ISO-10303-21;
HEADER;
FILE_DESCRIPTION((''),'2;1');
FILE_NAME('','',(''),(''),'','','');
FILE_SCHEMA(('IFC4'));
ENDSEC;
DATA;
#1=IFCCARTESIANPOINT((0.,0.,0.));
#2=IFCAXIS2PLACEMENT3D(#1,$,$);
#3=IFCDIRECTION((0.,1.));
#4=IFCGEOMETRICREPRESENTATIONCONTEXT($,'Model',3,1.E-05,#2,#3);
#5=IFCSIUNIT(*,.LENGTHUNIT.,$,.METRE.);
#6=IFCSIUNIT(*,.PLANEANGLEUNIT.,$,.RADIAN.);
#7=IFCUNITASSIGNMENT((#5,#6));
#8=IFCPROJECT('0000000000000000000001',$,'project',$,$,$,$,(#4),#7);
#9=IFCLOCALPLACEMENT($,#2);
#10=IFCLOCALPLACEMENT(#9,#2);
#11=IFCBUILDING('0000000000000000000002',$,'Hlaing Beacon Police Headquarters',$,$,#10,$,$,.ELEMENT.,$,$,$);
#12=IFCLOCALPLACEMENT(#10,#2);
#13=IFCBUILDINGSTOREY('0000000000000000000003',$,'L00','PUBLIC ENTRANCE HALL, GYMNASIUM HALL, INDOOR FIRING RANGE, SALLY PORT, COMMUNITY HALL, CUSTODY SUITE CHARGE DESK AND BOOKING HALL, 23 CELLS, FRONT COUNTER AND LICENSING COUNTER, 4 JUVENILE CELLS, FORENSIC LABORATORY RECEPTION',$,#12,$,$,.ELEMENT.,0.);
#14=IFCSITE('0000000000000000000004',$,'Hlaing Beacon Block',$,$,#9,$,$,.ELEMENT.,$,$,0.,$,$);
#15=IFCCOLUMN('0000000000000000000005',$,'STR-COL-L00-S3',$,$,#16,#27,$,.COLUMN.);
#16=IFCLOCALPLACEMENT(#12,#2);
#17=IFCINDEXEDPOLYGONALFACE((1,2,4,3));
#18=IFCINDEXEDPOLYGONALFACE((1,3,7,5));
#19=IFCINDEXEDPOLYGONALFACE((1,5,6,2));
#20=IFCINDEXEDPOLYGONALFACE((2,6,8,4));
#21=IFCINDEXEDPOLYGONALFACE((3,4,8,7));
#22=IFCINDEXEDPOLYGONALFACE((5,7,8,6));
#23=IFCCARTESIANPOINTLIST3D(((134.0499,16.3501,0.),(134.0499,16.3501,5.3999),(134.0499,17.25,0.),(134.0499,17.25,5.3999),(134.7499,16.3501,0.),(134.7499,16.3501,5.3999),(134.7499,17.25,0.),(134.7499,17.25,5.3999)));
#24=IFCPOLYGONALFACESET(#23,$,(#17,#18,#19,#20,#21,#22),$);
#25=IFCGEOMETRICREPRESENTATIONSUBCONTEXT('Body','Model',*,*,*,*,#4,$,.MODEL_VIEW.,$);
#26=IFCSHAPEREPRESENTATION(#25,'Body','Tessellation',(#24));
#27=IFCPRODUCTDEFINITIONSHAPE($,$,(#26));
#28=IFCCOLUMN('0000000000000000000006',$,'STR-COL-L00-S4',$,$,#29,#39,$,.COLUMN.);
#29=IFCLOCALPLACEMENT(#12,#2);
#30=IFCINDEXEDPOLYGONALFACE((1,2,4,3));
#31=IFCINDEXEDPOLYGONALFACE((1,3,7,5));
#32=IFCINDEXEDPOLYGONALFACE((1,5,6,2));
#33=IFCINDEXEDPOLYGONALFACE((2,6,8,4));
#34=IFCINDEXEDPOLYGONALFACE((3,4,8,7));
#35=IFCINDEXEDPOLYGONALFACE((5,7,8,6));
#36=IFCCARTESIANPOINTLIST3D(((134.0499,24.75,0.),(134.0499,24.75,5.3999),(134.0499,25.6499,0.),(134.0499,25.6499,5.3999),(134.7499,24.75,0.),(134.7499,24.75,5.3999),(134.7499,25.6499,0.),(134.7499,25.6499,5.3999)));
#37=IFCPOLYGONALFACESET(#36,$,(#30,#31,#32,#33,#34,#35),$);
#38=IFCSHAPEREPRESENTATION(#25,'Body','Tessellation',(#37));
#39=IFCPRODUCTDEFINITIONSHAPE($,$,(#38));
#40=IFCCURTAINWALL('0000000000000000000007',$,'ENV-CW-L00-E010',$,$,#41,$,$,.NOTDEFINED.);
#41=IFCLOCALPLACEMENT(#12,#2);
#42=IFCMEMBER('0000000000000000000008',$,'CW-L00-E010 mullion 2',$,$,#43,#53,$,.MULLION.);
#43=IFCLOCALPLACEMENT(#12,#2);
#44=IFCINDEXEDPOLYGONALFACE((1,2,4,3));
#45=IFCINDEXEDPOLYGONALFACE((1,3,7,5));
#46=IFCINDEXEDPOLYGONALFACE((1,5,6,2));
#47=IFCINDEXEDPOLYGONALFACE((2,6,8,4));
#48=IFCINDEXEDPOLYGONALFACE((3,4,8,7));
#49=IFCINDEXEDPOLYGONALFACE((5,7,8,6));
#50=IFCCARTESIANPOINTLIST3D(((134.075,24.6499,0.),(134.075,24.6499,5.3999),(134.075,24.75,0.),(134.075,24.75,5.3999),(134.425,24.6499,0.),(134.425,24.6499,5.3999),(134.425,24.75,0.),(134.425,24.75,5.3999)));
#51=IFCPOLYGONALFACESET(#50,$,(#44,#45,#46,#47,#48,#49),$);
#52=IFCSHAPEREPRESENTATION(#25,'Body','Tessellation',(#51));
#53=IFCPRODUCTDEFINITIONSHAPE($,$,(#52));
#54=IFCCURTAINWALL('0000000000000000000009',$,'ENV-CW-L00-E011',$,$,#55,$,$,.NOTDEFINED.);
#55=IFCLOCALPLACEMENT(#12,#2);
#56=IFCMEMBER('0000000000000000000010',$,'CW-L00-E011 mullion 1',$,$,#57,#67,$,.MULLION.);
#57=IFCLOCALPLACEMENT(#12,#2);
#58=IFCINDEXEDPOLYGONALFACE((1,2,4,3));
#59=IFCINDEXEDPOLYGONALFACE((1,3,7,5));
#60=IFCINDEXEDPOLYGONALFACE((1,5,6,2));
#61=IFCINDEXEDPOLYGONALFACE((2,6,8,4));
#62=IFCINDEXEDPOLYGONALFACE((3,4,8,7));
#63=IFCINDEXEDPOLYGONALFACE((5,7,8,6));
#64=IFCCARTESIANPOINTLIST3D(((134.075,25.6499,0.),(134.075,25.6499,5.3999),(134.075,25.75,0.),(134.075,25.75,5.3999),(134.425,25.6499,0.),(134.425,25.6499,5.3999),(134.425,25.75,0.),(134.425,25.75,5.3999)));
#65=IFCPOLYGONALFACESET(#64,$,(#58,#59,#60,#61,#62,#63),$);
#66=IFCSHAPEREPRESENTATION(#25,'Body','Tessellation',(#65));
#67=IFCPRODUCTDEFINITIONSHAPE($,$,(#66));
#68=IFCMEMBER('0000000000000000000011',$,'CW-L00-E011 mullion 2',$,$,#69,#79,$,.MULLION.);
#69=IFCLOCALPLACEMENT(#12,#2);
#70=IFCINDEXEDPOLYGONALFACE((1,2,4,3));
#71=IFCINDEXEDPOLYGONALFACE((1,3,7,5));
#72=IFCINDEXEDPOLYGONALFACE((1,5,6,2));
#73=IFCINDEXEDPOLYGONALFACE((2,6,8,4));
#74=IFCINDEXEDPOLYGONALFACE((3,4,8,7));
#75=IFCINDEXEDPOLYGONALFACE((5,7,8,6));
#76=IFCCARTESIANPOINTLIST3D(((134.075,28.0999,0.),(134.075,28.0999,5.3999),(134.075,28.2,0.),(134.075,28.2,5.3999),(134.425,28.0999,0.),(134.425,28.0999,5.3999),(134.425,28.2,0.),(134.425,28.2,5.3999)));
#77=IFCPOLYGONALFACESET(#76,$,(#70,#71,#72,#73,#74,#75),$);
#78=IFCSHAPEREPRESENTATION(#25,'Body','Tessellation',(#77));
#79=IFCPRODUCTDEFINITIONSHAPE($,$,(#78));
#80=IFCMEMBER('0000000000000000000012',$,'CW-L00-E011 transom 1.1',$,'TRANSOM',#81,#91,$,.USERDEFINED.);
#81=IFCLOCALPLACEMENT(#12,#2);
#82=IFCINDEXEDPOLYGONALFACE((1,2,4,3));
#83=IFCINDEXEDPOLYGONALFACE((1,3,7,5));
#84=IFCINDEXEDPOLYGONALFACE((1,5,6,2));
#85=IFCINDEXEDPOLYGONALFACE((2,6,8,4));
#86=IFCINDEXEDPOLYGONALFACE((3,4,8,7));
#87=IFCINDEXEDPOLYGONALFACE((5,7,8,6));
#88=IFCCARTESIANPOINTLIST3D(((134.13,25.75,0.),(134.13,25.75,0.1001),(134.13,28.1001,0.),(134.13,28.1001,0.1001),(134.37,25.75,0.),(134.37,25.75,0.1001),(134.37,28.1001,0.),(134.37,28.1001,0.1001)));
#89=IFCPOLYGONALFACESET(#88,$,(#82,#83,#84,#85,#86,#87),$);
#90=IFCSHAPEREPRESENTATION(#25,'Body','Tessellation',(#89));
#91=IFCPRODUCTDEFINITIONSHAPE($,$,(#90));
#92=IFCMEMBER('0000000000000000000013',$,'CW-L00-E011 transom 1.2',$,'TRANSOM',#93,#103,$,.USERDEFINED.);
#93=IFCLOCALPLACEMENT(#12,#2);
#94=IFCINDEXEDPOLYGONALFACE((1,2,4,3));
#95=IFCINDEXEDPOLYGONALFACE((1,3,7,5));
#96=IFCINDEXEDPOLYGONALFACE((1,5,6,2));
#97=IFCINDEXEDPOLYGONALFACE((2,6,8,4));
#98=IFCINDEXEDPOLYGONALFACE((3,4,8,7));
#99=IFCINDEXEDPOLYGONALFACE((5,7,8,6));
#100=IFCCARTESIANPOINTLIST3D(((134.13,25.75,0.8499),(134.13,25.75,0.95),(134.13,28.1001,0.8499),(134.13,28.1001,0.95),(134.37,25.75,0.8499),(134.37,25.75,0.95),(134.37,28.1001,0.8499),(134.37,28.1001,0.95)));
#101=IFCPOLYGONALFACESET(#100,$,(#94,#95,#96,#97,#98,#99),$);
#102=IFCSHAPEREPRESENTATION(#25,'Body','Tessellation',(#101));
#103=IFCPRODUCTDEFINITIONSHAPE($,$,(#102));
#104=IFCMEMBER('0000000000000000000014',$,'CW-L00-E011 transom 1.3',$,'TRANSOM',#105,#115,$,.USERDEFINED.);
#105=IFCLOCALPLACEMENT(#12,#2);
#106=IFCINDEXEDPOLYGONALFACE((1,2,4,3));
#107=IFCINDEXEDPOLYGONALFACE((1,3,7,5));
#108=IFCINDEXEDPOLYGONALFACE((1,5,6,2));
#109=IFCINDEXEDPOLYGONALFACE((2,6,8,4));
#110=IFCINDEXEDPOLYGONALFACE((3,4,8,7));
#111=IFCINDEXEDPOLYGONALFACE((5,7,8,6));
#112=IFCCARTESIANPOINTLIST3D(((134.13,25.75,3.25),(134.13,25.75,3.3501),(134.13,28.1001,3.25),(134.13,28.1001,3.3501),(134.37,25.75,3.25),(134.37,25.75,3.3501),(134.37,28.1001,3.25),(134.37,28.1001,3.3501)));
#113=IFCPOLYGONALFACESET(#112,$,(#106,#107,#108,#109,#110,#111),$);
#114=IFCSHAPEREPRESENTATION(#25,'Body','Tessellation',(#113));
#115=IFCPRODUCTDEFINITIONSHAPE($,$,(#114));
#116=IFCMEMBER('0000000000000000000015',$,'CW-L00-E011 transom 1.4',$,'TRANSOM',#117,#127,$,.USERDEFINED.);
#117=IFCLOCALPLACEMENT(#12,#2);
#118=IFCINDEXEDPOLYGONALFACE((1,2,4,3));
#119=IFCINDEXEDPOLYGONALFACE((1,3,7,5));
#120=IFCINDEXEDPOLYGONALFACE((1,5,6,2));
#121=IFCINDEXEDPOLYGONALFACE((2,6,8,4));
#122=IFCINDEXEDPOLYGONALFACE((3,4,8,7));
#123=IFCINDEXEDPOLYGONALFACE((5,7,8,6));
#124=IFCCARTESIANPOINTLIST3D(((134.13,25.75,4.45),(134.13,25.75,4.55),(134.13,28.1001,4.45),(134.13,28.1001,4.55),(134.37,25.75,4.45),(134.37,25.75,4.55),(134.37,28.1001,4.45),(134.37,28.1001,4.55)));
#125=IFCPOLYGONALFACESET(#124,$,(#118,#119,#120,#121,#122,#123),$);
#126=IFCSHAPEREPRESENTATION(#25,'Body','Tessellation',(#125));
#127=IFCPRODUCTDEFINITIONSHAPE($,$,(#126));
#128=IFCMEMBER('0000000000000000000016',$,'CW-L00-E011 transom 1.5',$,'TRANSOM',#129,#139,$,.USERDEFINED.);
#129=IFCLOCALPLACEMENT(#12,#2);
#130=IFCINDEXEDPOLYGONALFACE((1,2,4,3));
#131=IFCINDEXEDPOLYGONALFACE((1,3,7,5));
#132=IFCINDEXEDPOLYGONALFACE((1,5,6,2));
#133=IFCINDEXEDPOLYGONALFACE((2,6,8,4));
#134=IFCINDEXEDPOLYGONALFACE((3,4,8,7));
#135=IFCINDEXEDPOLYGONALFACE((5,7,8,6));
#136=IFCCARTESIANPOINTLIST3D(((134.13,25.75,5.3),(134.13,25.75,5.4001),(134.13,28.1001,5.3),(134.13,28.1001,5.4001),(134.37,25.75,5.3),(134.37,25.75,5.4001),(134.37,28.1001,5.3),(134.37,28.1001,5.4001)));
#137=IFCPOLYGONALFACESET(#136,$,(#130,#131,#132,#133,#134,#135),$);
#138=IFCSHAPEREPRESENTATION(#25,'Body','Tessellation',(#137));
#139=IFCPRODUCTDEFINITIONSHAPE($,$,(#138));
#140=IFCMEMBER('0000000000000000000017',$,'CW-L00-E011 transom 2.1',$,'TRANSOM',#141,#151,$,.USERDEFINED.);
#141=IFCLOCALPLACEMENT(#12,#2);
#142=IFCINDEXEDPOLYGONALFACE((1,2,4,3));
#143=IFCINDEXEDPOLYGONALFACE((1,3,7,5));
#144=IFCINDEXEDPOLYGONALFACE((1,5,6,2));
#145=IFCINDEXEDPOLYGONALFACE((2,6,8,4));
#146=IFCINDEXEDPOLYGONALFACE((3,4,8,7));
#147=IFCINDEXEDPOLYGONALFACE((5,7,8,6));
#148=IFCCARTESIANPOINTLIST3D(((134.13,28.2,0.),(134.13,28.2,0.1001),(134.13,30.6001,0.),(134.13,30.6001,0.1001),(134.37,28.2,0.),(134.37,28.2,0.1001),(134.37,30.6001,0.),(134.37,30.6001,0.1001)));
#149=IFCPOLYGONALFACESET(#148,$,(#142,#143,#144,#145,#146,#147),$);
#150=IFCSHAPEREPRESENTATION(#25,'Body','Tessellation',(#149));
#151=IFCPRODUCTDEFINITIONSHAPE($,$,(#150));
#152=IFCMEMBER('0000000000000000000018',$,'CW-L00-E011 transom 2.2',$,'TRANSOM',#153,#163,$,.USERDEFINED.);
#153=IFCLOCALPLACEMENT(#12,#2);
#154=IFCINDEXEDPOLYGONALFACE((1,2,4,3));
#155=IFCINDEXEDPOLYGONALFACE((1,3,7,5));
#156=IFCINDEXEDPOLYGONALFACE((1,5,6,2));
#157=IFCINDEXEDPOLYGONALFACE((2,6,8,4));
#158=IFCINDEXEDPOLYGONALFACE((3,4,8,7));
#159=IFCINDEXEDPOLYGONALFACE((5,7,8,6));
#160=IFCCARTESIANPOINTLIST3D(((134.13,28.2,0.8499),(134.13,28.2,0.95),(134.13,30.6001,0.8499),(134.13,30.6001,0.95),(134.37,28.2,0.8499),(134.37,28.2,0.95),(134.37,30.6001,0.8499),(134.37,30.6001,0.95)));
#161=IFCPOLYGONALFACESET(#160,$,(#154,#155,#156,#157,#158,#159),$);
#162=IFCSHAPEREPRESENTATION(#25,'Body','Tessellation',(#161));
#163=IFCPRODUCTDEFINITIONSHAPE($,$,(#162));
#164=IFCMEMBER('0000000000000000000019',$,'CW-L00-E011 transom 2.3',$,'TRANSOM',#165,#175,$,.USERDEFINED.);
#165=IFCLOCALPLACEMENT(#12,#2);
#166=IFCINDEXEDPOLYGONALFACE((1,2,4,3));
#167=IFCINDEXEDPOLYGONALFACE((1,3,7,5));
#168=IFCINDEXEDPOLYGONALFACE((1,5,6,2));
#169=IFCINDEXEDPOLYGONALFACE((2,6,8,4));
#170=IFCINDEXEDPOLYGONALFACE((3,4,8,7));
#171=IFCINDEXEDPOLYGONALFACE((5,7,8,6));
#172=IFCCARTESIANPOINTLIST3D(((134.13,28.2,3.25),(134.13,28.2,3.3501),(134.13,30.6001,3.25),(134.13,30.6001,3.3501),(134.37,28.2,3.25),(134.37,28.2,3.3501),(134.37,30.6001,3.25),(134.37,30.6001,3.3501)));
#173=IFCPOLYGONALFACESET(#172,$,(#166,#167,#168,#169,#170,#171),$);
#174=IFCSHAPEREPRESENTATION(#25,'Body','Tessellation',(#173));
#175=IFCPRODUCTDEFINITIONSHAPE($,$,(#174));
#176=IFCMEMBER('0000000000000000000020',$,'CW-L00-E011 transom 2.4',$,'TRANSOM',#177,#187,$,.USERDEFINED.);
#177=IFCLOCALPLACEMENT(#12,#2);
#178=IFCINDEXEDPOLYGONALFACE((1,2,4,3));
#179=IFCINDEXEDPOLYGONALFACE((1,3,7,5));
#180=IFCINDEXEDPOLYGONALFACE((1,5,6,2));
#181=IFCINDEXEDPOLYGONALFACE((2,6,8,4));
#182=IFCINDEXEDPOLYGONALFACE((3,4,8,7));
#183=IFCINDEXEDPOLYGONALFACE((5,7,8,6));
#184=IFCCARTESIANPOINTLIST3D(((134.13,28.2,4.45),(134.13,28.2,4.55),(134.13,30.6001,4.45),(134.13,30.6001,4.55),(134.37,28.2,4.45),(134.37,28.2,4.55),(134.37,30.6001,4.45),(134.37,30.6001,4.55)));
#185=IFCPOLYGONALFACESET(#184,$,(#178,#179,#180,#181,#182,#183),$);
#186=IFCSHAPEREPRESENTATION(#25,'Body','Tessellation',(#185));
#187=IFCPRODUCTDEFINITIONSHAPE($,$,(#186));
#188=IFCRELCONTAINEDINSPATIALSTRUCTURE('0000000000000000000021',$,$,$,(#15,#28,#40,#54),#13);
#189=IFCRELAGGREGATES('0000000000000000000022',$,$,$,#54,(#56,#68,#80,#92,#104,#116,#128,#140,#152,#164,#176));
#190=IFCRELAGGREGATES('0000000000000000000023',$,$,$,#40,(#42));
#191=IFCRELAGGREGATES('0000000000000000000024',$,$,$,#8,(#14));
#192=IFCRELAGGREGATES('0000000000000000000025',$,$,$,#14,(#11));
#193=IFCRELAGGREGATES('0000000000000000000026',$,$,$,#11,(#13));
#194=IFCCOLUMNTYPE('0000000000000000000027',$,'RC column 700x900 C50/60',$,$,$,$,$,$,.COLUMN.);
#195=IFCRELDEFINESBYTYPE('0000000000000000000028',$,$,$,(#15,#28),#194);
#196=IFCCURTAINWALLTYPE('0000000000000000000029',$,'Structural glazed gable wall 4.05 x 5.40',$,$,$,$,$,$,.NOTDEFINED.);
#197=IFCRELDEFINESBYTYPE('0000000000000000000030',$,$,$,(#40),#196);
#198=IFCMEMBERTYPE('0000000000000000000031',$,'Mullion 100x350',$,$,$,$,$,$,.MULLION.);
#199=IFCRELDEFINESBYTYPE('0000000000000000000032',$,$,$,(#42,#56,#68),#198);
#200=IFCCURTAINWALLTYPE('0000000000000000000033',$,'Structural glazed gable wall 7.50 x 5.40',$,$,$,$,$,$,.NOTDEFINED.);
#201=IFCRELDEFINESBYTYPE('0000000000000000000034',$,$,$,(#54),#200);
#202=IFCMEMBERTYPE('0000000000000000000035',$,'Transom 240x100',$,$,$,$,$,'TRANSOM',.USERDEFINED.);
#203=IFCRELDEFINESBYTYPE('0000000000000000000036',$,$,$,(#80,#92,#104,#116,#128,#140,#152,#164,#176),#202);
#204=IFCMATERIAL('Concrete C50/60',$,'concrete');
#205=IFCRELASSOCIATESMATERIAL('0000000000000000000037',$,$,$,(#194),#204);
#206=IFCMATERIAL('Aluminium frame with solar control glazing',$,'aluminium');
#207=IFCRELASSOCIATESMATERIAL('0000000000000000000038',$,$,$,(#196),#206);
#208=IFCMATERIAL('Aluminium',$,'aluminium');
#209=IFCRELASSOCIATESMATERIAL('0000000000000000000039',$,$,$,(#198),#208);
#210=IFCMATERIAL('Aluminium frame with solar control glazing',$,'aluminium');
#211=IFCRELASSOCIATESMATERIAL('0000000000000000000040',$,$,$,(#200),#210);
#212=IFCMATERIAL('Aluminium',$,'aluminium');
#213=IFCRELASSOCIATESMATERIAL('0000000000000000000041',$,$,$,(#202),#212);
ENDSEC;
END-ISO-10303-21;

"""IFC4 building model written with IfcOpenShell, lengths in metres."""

from ifc_helpers import new_model, si_unit, direction, frame, origin, origin_2d, place, context, subcontext, project, spatial, rectangle, extrude, material, material_profile, profile_set, type_object, element, aggregate, save


model = new_model("IFC4")

# Units and contexts
model_context = context("Model", 3, precision=1e-05, world=origin(), true_north=direction((0.0, 1.0)))
body_context = subcontext(model_context, "Body", "Model", "MODEL_VIEW")
ifc_project = project(units=[si_unit("LENGTHUNIT", "METRE"), si_unit("PLANEANGLEUNIT", "RADIAN")], contexts=[model_context])

# Site, building, storey
site_placement = place(None, origin())
site = spatial("IfcSite", under=ifc_project, at=site_placement, Name="Hlaing Beacon Block", CompositionType="ELEMENT", RefElevation=0.0)
building_placement = place(site_placement, origin())
building = spatial("IfcBuilding", under=site, at=building_placement, Name="Hlaing Beacon Police Headquarters", CompositionType="ELEMENT")
storey_placement = place(building_placement, origin())
storey = spatial("IfcBuildingStorey", under=building, at=storey_placement, Name="L00", Description="PUBLIC ENTRANCE HALL, GYMNASIUM HALL, INDOOR FIRING RANGE, SALLY PORT, COMMUNITY HALL, CUSTODY SUITE CHARGE DESK AND BOOKING HALL, 23 CELLS, FRONT COUNTER AND LICENSING COUNTER, 4 JUVENILE CELLS, FORENSIC LABORATORY RECEPTION", CompositionType="ELEMENT", Elevation=0.0)

# Columns
ifc_material_1 = material(Name="Concrete C50/60", Category="concrete")
ifc_material_profile_1 = material_profile(ifc_material_1, rectangle(XDim=0.7, YDim=0.8999, at=origin_2d()), Name="700x900")
ifc_profile_set_1 = profile_set([ifc_material_profile_1], Name="Concrete C50/60")
column_type = type_object("IfcColumnType", Name="RC column 700x900 C50/60", PredefinedType="COLUMN", material=ifc_profile_set_1)
for number, where, z_axis, x_axis, name in (
    (1, (134.3999, 16.8, 0.0), (0.0, 0.0, 1.0), (1.0, 0.0, 0.0), "STR-COL-L00-S3"),
    (2, (134.3999, 25.2, 0.0), (0.0, 0.0, 1.0), (1.0, 0.0, 0.0), "STR-COL-L00-S4"),
):
    element("IfcColumn", number, at=place(storey_placement, frame(where, z_axis=z_axis, x_axis=x_axis)), inside=storey, type_object=column_type, Name=name, PredefinedType="COLUMN", context=body_context, shape_type="SweptSolid", body=[
        extrude(rectangle(XDim=0.7, YDim=0.8999, at=origin_2d()), origin(), (0.0, 0.0, 1.0), 5.3999),
    ])

# Curtain wall, member
ifc_material_2 = material(Name="Aluminium frame with solar control glazing", Category="aluminium")
curtain_wall_type_1 = type_object("IfcCurtainWallType", Name="Structural glazed gable wall 4.05 x 5.40", PredefinedType="NOTDEFINED", material=ifc_material_2)
curtain_wall_1_placement = place(storey_placement, origin())
curtain_wall_1 = element("IfcCurtainWall", 3, at=curtain_wall_1_placement, inside=storey, type_object=curtain_wall_type_1, Name="ENV-CW-L00-E010", PredefinedType="NOTDEFINED")
ifc_material_3 = material(Name="Aluminium", Category="aluminium")
ifc_material_profile_2 = material_profile(ifc_material_3, rectangle(XDim=0.3501, YDim=0.1001, at=origin_2d()), Name="Mullion 100x350")
ifc_profile_set_2 = profile_set([ifc_material_profile_2], Name="Aluminium")
member_type_1 = type_object("IfcMemberType", Name="Mullion 100x350", PredefinedType="MULLION", material=ifc_profile_set_2)
member_1_placement = place(storey_placement, frame((134.25, 24.7, 0.0), z_axis=(0.0, 0.0, 1.0), x_axis=(-1.0, 0.0, 0.0)))
member_1 = element("IfcMember", 4, at=member_1_placement, type_object=member_type_1, Name="CW-L00-E010 mullion 2", PredefinedType="MULLION", context=body_context, shape_type="SweptSolid", body=[
    extrude(rectangle(XDim=0.3501, YDim=0.1001, at=origin_2d()), origin(), (0.0, 0.0, 1.0), 5.3999),
])

# Curtain wall, members
ifc_material_4 = material(Name="Aluminium frame with solar control glazing", Category="aluminium")
curtain_wall_type_2 = type_object("IfcCurtainWallType", Name="Structural glazed gable wall 7.50 x 5.40", PredefinedType="NOTDEFINED", material=ifc_material_4)
curtain_wall_2_placement = place(storey_placement, origin())
curtain_wall_2 = element("IfcCurtainWall", 5, at=curtain_wall_2_placement, inside=storey, type_object=curtain_wall_type_2, Name="ENV-CW-L00-E011", PredefinedType="NOTDEFINED")
member_2_placement = place(storey_placement, frame((134.25, 25.7, 0.0), z_axis=(0.0, 0.0, 1.0), x_axis=(-1.0, 0.0, 0.0)))
member_2 = element("IfcMember", 6, at=member_2_placement, type_object=member_type_1, Name="CW-L00-E011 mullion 1", PredefinedType="MULLION", context=body_context, shape_type="SweptSolid", body=[
    extrude(rectangle(XDim=0.3501, YDim=0.1001, at=origin_2d()), origin(), (0.0, 0.0, 1.0), 5.3999),
])
member_3_placement = place(storey_placement, frame((134.25, 28.1499, 0.0), z_axis=(0.0, 0.0, 1.0), x_axis=(-1.0, 0.0, 0.0)))
member_3 = element("IfcMember", 7, at=member_3_placement, type_object=member_type_1, Name="CW-L00-E011 mullion 2", PredefinedType="MULLION", context=body_context, shape_type="SweptSolid", body=[
    extrude(rectangle(XDim=0.3501, YDim=0.1001, at=origin_2d()), origin(), (0.0, 0.0, 1.0), 5.3999),
])
ifc_material_5 = material(Name="Aluminium", Category="aluminium")
ifc_material_profile_3 = material_profile(ifc_material_5, rectangle(XDim=0.24, YDim=0.1001, at=origin_2d()), Name="Transom 240x100")
ifc_profile_set_3 = profile_set([ifc_material_profile_3], Name="Aluminium")
member_type_2 = type_object("IfcMemberType", Name="Transom 240x100", ElementType="TRANSOM", PredefinedType="USERDEFINED", material=ifc_profile_set_3)
member_4_placement = place(storey_placement, frame((134.25, 25.75, 0.05), z_axis=(0.0, 1.0, 0.0), x_axis=(-1.0, 0.0, 0.0)))
member_4 = element("IfcMember", 8, at=member_4_placement, type_object=member_type_2, Name="CW-L00-E011 transom 1.1", ObjectType="TRANSOM", PredefinedType="USERDEFINED", context=body_context, shape_type="SweptSolid", body=[
    extrude(rectangle(XDim=0.24, YDim=0.1001, at=origin_2d()), origin(), (0.0, 0.0, 1.0), 2.3501),
])
member_5_placement = place(storey_placement, frame((134.25, 25.75, 0.8999), z_axis=(0.0, 1.0, 0.0), x_axis=(-1.0, 0.0, 0.0)))
member_5 = element("IfcMember", 9, at=member_5_placement, type_object=member_type_2, Name="CW-L00-E011 transom 1.2", ObjectType="TRANSOM", PredefinedType="USERDEFINED", context=body_context, shape_type="SweptSolid", body=[
    extrude(rectangle(XDim=0.24, YDim=0.1001, at=origin_2d()), origin(), (0.0, 0.0, 1.0), 2.3501),
])
member_6_placement = place(storey_placement, frame((134.25, 25.75, 3.3), z_axis=(0.0, 1.0, 0.0), x_axis=(-1.0, 0.0, 0.0)))
member_6 = element("IfcMember", 10, at=member_6_placement, type_object=member_type_2, Name="CW-L00-E011 transom 1.3", ObjectType="TRANSOM", PredefinedType="USERDEFINED", context=body_context, shape_type="SweptSolid", body=[
    extrude(rectangle(XDim=0.24, YDim=0.1001, at=origin_2d()), origin(), (0.0, 0.0, 1.0), 2.3501),
])
member_7_placement = place(storey_placement, frame((134.25, 25.75, 4.5), z_axis=(0.0, 1.0, 0.0), x_axis=(-1.0, 0.0, 0.0)))
member_7 = element("IfcMember", 11, at=member_7_placement, type_object=member_type_2, Name="CW-L00-E011 transom 1.4", ObjectType="TRANSOM", PredefinedType="USERDEFINED", context=body_context, shape_type="SweptSolid", body=[
    extrude(rectangle(XDim=0.24, YDim=0.1001, at=origin_2d()), origin(), (0.0, 0.0, 1.0), 2.3501),
])
member_8_placement = place(storey_placement, frame((134.25, 25.75, 5.3501), z_axis=(0.0, 1.0, 0.0), x_axis=(-1.0, 0.0, 0.0)))
member_8 = element("IfcMember", 12, at=member_8_placement, type_object=member_type_2, Name="CW-L00-E011 transom 1.5", ObjectType="TRANSOM", PredefinedType="USERDEFINED", context=body_context, shape_type="SweptSolid", body=[
    extrude(rectangle(XDim=0.24, YDim=0.1001, at=origin_2d()), origin(), (0.0, 0.0, 1.0), 2.3501),
])
member_9_placement = place(storey_placement, frame((134.25, 28.2, 0.05), z_axis=(0.0, 1.0, 0.0), x_axis=(-1.0, 0.0, 0.0)))
member_9 = element("IfcMember", 13, at=member_9_placement, type_object=member_type_2, Name="CW-L00-E011 transom 2.1", ObjectType="TRANSOM", PredefinedType="USERDEFINED", context=body_context, shape_type="SweptSolid", body=[
    extrude(rectangle(XDim=0.24, YDim=0.1001, at=origin_2d()), origin(), (0.0, 0.0, 1.0), 2.4001),
])
member_10_placement = place(storey_placement, frame((134.25, 28.2, 0.8999), z_axis=(0.0, 1.0, 0.0), x_axis=(-1.0, 0.0, 0.0)))
member_10 = element("IfcMember", 14, at=member_10_placement, type_object=member_type_2, Name="CW-L00-E011 transom 2.2", ObjectType="TRANSOM", PredefinedType="USERDEFINED", context=body_context, shape_type="SweptSolid", body=[
    extrude(rectangle(XDim=0.24, YDim=0.1001, at=origin_2d()), origin(), (0.0, 0.0, 1.0), 2.4001),
])
member_11_placement = place(storey_placement, frame((134.25, 28.2, 3.3), z_axis=(0.0, 1.0, 0.0), x_axis=(-1.0, 0.0, 0.0)))
member_11 = element("IfcMember", 15, at=member_11_placement, type_object=member_type_2, Name="CW-L00-E011 transom 2.3", ObjectType="TRANSOM", PredefinedType="USERDEFINED", context=body_context, shape_type="SweptSolid", body=[
    extrude(rectangle(XDim=0.24, YDim=0.1001, at=origin_2d()), origin(), (0.0, 0.0, 1.0), 2.4001),
])
member_12_placement = place(storey_placement, frame((134.25, 28.2, 4.5), z_axis=(0.0, 1.0, 0.0), x_axis=(-1.0, 0.0, 0.0)))
member_12 = element("IfcMember", 16, at=member_12_placement, type_object=member_type_2, Name="CW-L00-E011 transom 2.4", ObjectType="TRANSOM", PredefinedType="USERDEFINED", context=body_context, shape_type="SweptSolid", body=[
    extrude(rectangle(XDim=0.24, YDim=0.1001, at=origin_2d()), origin(), (0.0, 0.0, 1.0), 2.4001),
])

aggregate(curtain_wall_2, [member_2, member_3, member_4, member_5, member_6, member_7, member_8, member_9, member_10, member_11, member_12])
aggregate(curtain_wall_1, [member_1])

save(model, "model.ifc")
